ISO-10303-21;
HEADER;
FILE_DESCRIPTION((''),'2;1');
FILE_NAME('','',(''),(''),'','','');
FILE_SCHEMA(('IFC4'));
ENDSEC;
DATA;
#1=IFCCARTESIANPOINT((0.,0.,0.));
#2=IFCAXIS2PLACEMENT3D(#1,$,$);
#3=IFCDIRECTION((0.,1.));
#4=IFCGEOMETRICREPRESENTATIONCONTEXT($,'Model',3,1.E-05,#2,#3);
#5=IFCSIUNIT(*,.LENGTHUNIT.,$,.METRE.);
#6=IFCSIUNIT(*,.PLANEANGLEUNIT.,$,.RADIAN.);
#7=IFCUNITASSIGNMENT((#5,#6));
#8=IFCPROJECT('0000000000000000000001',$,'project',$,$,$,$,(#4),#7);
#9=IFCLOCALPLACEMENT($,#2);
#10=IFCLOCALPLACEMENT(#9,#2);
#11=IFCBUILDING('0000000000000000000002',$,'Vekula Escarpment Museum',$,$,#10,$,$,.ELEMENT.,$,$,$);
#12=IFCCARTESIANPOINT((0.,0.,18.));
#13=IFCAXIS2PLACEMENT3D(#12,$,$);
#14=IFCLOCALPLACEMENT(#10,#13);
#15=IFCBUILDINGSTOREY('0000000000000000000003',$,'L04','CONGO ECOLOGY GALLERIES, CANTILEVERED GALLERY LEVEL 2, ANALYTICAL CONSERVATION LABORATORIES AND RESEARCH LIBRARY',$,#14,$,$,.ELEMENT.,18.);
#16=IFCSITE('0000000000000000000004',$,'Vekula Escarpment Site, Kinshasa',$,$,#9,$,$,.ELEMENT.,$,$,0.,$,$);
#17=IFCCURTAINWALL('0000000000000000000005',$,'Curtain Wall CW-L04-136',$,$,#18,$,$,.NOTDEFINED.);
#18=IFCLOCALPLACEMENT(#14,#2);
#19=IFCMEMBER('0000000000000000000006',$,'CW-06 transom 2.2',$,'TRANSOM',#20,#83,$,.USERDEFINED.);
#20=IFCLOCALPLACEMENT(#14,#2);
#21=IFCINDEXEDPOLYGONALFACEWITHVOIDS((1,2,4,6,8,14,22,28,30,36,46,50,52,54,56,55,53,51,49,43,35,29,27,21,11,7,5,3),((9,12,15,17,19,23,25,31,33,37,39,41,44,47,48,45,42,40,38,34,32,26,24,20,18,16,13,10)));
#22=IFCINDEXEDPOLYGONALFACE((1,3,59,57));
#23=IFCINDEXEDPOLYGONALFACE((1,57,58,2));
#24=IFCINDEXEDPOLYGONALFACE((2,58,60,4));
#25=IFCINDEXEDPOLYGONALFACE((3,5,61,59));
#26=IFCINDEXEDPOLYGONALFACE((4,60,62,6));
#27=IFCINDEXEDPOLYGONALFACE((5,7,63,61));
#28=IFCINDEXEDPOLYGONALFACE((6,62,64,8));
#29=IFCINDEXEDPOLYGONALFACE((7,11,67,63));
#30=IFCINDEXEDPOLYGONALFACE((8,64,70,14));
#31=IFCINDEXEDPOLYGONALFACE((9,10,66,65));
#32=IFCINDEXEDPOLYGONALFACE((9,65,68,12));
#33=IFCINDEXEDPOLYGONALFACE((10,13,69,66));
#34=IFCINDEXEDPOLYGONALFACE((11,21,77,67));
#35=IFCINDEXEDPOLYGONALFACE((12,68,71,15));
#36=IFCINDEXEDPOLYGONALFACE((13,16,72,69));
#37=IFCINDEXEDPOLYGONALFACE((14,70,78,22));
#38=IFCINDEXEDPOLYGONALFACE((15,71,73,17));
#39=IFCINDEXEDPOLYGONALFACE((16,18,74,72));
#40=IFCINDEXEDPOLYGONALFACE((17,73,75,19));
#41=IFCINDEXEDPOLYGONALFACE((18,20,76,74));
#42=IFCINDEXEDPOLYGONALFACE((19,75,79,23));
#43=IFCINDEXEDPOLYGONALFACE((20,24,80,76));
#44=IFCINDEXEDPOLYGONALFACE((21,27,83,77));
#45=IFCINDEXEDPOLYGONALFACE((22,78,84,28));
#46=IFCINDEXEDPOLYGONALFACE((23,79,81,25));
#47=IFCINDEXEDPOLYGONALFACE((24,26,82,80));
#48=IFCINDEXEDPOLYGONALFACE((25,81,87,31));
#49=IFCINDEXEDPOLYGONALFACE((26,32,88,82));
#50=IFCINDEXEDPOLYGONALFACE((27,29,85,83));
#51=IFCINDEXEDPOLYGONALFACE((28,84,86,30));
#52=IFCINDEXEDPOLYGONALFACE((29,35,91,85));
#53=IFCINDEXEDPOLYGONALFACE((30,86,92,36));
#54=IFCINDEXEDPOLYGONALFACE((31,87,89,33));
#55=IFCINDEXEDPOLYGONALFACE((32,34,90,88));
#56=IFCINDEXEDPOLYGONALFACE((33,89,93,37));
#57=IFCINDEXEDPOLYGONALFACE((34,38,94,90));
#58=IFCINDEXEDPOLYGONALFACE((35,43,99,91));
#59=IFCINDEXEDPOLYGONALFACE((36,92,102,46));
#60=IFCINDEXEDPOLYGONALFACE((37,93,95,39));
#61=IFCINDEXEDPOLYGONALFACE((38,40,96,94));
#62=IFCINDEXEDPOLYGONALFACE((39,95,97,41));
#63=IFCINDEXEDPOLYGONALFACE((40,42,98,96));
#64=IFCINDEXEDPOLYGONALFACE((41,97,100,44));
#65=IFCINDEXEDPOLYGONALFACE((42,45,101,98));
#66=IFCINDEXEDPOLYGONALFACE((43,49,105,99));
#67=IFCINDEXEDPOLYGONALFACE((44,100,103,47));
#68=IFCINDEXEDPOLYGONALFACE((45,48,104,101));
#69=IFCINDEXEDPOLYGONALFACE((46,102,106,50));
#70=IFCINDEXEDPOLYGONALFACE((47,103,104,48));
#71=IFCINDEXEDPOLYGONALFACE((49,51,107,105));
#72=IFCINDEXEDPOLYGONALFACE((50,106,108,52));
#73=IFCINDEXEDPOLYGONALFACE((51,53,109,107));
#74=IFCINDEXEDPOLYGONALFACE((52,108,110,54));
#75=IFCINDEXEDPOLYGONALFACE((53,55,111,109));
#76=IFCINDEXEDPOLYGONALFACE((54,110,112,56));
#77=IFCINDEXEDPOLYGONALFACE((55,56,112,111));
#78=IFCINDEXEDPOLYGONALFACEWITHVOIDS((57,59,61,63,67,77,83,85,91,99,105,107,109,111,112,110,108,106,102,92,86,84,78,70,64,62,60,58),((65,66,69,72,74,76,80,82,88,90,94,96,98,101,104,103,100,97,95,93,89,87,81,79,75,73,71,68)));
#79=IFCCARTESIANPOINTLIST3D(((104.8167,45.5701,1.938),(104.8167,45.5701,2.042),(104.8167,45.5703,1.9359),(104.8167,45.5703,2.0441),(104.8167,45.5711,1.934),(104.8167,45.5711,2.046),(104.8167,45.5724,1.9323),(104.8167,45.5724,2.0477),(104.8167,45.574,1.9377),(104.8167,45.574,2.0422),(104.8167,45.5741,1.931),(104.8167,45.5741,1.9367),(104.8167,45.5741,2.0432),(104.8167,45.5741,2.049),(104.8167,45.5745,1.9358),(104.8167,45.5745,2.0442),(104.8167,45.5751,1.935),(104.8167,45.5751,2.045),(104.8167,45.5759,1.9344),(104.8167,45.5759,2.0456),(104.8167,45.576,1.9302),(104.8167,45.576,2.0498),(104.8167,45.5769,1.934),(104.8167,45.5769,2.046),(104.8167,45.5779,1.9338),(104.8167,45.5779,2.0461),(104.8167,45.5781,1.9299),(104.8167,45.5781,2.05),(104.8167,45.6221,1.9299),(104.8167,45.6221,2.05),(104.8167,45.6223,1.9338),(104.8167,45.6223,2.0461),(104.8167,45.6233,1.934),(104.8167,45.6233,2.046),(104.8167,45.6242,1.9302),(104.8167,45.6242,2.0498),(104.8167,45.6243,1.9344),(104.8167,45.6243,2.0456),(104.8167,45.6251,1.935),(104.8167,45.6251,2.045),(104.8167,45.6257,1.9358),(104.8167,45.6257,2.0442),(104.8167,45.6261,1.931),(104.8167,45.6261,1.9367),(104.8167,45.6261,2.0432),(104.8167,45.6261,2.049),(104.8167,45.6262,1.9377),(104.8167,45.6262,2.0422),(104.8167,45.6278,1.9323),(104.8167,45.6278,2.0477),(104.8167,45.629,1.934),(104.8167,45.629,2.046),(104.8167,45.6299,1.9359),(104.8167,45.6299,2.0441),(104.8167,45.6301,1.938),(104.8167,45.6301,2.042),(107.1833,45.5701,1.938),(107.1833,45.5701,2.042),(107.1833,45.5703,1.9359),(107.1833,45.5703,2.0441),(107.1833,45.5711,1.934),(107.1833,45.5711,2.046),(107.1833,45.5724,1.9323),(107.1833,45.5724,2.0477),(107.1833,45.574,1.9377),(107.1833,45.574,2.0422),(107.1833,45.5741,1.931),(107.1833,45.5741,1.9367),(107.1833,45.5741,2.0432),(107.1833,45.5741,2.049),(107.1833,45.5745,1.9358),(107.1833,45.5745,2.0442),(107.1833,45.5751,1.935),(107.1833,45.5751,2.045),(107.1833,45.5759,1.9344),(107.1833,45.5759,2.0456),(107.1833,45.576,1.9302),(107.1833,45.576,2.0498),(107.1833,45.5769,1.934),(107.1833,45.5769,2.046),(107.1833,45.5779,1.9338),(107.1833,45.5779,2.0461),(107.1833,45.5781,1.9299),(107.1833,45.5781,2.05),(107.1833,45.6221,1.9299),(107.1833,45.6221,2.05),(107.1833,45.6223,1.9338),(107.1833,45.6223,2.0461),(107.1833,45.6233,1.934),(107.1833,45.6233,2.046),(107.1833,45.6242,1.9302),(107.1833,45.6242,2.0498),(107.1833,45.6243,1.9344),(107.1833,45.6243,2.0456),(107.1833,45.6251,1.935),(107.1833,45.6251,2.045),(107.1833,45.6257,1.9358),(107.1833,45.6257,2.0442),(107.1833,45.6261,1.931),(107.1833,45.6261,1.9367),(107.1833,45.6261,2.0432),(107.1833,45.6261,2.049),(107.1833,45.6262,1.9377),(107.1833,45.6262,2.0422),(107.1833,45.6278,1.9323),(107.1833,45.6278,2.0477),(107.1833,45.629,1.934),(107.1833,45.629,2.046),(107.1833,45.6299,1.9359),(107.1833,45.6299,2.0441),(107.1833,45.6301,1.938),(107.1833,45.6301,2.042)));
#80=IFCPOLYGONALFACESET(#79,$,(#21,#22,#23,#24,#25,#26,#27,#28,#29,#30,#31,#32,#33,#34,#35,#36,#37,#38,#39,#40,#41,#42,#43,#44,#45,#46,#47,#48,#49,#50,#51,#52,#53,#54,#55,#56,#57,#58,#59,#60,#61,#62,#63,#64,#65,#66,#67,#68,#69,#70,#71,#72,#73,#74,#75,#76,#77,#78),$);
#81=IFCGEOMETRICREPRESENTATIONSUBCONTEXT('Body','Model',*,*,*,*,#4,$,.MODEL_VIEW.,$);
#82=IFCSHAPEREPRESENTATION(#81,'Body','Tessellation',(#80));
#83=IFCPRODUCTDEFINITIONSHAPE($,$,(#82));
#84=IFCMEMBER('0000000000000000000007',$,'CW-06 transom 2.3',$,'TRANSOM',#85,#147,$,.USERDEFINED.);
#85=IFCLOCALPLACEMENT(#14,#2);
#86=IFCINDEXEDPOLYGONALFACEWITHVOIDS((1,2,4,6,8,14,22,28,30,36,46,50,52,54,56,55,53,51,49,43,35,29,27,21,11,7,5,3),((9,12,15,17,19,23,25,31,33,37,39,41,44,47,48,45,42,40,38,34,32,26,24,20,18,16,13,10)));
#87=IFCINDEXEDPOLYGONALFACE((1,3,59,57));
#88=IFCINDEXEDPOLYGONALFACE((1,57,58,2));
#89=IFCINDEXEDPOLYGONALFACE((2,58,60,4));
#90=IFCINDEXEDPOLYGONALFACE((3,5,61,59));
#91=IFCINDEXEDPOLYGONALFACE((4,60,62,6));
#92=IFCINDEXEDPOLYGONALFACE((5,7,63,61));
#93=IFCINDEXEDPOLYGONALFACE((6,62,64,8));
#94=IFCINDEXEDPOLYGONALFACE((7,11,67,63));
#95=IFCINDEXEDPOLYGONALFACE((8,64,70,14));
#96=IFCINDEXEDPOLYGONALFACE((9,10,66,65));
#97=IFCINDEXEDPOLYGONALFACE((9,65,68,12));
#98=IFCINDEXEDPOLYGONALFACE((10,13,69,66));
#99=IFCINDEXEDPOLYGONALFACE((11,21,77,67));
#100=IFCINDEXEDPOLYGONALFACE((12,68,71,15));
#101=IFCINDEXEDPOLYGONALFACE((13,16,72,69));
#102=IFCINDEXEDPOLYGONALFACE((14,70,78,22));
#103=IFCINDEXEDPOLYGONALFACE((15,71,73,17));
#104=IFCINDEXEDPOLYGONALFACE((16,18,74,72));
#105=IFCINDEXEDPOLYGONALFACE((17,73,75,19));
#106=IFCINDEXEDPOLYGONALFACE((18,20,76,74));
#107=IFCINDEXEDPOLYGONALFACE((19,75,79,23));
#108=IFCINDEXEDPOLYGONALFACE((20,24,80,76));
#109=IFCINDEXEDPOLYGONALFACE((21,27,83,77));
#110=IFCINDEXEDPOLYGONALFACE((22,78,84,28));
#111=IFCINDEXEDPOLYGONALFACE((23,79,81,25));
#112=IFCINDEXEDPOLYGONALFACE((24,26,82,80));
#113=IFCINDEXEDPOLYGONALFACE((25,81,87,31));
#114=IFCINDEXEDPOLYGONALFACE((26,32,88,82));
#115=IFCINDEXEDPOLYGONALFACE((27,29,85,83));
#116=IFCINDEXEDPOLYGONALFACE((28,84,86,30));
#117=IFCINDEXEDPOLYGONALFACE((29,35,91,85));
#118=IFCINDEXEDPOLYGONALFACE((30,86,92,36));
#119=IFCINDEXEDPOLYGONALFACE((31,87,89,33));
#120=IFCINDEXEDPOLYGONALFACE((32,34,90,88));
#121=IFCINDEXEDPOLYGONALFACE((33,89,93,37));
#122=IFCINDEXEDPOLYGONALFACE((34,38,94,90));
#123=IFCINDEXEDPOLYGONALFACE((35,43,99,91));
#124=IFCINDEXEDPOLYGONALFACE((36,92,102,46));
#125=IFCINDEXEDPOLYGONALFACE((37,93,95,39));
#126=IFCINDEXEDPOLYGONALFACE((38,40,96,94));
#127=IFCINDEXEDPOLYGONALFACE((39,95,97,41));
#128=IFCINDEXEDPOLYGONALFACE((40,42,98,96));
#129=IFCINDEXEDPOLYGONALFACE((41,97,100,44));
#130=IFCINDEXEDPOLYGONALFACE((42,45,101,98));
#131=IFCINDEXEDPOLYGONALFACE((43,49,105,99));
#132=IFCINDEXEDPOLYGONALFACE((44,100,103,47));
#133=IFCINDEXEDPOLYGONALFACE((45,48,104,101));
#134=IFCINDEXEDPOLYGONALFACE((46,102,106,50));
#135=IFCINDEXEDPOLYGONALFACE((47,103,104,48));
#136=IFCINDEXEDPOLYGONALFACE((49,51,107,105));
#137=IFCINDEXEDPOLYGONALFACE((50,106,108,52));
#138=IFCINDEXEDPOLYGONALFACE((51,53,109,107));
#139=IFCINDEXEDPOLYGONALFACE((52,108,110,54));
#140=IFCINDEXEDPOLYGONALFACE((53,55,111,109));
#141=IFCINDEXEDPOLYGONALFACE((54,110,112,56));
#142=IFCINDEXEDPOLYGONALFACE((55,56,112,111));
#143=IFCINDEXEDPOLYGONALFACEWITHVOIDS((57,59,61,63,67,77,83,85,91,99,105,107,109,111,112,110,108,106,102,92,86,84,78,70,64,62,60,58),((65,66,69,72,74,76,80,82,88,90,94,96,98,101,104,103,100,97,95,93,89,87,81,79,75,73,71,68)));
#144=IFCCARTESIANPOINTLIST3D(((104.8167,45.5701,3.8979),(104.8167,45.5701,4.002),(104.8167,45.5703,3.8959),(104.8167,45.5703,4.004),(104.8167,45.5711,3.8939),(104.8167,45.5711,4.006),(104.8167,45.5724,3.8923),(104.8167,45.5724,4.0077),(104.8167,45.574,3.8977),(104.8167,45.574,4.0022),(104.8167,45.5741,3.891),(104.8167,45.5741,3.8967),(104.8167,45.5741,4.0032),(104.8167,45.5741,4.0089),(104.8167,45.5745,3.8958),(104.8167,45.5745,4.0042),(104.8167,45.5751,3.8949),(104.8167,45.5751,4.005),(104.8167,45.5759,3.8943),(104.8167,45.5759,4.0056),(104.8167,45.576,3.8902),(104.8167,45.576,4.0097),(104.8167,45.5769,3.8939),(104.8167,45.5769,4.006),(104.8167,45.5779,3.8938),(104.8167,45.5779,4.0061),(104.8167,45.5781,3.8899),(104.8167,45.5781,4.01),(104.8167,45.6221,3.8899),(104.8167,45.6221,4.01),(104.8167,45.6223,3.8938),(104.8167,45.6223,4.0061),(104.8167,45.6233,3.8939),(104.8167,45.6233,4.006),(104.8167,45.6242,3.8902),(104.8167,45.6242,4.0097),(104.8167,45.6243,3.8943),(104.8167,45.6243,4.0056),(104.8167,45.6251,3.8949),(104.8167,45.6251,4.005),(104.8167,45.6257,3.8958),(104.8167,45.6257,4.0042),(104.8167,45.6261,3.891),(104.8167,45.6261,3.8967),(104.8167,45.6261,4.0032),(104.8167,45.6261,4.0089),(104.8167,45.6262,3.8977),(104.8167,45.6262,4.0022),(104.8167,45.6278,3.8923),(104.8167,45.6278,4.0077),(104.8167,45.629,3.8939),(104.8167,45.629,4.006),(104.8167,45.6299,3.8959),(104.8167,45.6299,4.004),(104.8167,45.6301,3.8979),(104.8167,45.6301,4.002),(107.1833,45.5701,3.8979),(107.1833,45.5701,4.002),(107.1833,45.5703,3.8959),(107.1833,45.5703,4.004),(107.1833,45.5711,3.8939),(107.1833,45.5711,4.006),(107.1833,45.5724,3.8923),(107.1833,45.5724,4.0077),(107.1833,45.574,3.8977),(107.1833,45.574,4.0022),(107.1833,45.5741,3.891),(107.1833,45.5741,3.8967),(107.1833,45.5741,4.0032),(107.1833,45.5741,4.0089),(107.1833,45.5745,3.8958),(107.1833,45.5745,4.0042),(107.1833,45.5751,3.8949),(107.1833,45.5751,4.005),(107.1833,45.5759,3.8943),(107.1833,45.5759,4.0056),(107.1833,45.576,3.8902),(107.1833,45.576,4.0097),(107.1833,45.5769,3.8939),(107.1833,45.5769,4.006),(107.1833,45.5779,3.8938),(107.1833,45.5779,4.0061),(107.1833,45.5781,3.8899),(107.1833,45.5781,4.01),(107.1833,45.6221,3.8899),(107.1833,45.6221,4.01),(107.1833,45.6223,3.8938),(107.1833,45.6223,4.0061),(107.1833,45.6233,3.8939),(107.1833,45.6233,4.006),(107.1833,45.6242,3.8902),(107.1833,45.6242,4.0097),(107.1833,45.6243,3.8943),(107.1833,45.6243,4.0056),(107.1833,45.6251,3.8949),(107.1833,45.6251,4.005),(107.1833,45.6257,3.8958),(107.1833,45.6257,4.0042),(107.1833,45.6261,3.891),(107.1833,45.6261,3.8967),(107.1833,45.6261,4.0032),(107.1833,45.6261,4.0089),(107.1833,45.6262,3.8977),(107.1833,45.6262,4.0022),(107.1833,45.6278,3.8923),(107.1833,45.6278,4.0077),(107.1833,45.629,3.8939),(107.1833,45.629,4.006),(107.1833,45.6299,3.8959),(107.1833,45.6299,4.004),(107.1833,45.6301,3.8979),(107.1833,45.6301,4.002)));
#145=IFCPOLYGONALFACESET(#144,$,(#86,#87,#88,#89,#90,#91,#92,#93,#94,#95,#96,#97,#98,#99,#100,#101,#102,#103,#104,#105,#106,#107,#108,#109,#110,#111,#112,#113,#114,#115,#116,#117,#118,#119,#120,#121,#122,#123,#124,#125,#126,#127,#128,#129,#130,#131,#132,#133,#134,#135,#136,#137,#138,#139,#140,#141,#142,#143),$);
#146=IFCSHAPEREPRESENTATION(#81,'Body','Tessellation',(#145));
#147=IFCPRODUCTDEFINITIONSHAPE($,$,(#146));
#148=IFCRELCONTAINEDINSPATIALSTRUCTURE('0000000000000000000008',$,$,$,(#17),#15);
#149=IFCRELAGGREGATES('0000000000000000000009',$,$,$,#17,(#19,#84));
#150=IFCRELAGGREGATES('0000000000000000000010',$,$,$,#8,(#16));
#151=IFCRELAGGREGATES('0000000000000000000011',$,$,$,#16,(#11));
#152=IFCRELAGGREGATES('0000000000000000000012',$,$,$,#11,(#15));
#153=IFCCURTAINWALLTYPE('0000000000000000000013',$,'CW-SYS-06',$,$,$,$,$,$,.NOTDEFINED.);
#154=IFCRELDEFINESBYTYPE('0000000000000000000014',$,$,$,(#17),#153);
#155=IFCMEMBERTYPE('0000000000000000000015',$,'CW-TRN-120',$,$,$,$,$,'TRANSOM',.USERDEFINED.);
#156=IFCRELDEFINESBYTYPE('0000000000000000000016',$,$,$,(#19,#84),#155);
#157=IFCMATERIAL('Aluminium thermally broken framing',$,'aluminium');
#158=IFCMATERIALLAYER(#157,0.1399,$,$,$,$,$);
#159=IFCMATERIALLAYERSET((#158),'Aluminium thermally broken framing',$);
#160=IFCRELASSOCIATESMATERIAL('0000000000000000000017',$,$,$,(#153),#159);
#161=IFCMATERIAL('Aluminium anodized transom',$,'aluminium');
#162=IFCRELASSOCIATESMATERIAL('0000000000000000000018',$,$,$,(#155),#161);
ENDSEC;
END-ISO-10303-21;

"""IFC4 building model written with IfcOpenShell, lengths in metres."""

from ifc_helpers import new_model, si_unit, direction, frame, origin, origin_2d, place, context, subcontext, project, spatial, hollow_rectangle, extrude, material, layer, layer_set, material_profile, profile_set, type_object, element, aggregate, save


model = new_model("IFC4")

# Units and contexts
model_context = context("Model", 3, precision=1e-05, world=origin(), true_north=direction((0.0, 1.0)))
body_context = subcontext(model_context, "Body", "Model", "MODEL_VIEW")
ifc_project = project(units=[si_unit("LENGTHUNIT", "METRE"), si_unit("PLANEANGLEUNIT", "RADIAN")], contexts=[model_context])

# Site, building, storey
site_placement = place(None, origin())
site = spatial("IfcSite", under=ifc_project, at=site_placement, Name="Vekula Escarpment Site, Kinshasa", CompositionType="ELEMENT", RefElevation=0.0)
building_placement = place(site_placement, origin())
building = spatial("IfcBuilding", under=site, at=building_placement, Name="Vekula Escarpment Museum", CompositionType="ELEMENT")
storey_placement = place(building_placement, frame((0.0, 0.0, 18.0)))
storey = spatial("IfcBuildingStorey", under=building, at=storey_placement, Name="L04", Description="CONGO ECOLOGY GALLERIES, CANTILEVERED GALLERY LEVEL 2, ANALYTICAL CONSERVATION LABORATORIES AND RESEARCH LIBRARY", CompositionType="ELEMENT", Elevation=18.0)

# Curtain wall, members
ifc_material_1 = material(Name="Aluminium thermally broken framing", Category="aluminium")
ifc_layer_1 = layer(ifc_material_1, 0.1399)
ifc_layer_set_1 = layer_set([ifc_layer_1], Name="Aluminium thermally broken framing")
curtain_wall_type_1 = type_object("IfcCurtainWallType", Name="CW-SYS-06", PredefinedType="NOTDEFINED", material=ifc_layer_set_1)
curtain_wall_1_placement = place(storey_placement, origin())
curtain_wall_1 = element("IfcCurtainWall", 1, at=curtain_wall_1_placement, inside=storey, type_object=curtain_wall_type_1, Name="Curtain Wall CW-L04-136", PredefinedType="NOTDEFINED")
ifc_material_2 = material(Name="Aluminium anodized transom", Category="aluminium")
ifc_material_profile_1 = material_profile(ifc_material_2, hollow_rectangle(XDim=0.0601, YDim=0.1201, WallThickness=0.0039, InnerFilletRadius=0.0039, OuterFilletRadius=0.0081, at=origin_2d()), Name="ALU 120x60x4")
ifc_profile_set_1 = profile_set([ifc_material_profile_1], Name="Aluminium anodized transom")
member_type_1 = type_object("IfcMemberType", Name="CW-TRN-120", ElementType="TRANSOM", PredefinedType="USERDEFINED", material=ifc_profile_set_1)
member_1_placement = place(storey_placement, frame((104.8167, 45.6001, 1.99), z_axis=(1.0, 0.0, 0.0), x_axis=(0.0, 1.0, 0.0)))
member_1 = element("IfcMember", 2, at=member_1_placement, type_object=member_type_1, Name="CW-06 transom 2.2", ObjectType="TRANSOM", PredefinedType="USERDEFINED", context=body_context, shape_type="SweptSolid", body=[
    extrude(hollow_rectangle(XDim=0.0601, YDim=0.1201, WallThickness=0.0039, InnerFilletRadius=0.0039, OuterFilletRadius=0.0081, at=origin_2d()), origin(), (0.0, 0.0, 1.0), 2.3667),
])
member_2_placement = place(storey_placement, frame((104.8167, 45.6001, 3.95), z_axis=(1.0, 0.0, 0.0), x_axis=(0.0, 1.0, 0.0)))
member_2 = element("IfcMember", 3, at=member_2_placement, type_object=member_type_1, Name="CW-06 transom 2.3", ObjectType="TRANSOM", PredefinedType="USERDEFINED", context=body_context, shape_type="SweptSolid", body=[
    extrude(hollow_rectangle(XDim=0.0601, YDim=0.1201, WallThickness=0.0039, InnerFilletRadius=0.0039, OuterFilletRadius=0.0081, at=origin_2d()), origin(), (0.0, 0.0, 1.0), 2.3667),
])

aggregate(curtain_wall_1, [member_1, member_2])

save(model, "model.ifc")
